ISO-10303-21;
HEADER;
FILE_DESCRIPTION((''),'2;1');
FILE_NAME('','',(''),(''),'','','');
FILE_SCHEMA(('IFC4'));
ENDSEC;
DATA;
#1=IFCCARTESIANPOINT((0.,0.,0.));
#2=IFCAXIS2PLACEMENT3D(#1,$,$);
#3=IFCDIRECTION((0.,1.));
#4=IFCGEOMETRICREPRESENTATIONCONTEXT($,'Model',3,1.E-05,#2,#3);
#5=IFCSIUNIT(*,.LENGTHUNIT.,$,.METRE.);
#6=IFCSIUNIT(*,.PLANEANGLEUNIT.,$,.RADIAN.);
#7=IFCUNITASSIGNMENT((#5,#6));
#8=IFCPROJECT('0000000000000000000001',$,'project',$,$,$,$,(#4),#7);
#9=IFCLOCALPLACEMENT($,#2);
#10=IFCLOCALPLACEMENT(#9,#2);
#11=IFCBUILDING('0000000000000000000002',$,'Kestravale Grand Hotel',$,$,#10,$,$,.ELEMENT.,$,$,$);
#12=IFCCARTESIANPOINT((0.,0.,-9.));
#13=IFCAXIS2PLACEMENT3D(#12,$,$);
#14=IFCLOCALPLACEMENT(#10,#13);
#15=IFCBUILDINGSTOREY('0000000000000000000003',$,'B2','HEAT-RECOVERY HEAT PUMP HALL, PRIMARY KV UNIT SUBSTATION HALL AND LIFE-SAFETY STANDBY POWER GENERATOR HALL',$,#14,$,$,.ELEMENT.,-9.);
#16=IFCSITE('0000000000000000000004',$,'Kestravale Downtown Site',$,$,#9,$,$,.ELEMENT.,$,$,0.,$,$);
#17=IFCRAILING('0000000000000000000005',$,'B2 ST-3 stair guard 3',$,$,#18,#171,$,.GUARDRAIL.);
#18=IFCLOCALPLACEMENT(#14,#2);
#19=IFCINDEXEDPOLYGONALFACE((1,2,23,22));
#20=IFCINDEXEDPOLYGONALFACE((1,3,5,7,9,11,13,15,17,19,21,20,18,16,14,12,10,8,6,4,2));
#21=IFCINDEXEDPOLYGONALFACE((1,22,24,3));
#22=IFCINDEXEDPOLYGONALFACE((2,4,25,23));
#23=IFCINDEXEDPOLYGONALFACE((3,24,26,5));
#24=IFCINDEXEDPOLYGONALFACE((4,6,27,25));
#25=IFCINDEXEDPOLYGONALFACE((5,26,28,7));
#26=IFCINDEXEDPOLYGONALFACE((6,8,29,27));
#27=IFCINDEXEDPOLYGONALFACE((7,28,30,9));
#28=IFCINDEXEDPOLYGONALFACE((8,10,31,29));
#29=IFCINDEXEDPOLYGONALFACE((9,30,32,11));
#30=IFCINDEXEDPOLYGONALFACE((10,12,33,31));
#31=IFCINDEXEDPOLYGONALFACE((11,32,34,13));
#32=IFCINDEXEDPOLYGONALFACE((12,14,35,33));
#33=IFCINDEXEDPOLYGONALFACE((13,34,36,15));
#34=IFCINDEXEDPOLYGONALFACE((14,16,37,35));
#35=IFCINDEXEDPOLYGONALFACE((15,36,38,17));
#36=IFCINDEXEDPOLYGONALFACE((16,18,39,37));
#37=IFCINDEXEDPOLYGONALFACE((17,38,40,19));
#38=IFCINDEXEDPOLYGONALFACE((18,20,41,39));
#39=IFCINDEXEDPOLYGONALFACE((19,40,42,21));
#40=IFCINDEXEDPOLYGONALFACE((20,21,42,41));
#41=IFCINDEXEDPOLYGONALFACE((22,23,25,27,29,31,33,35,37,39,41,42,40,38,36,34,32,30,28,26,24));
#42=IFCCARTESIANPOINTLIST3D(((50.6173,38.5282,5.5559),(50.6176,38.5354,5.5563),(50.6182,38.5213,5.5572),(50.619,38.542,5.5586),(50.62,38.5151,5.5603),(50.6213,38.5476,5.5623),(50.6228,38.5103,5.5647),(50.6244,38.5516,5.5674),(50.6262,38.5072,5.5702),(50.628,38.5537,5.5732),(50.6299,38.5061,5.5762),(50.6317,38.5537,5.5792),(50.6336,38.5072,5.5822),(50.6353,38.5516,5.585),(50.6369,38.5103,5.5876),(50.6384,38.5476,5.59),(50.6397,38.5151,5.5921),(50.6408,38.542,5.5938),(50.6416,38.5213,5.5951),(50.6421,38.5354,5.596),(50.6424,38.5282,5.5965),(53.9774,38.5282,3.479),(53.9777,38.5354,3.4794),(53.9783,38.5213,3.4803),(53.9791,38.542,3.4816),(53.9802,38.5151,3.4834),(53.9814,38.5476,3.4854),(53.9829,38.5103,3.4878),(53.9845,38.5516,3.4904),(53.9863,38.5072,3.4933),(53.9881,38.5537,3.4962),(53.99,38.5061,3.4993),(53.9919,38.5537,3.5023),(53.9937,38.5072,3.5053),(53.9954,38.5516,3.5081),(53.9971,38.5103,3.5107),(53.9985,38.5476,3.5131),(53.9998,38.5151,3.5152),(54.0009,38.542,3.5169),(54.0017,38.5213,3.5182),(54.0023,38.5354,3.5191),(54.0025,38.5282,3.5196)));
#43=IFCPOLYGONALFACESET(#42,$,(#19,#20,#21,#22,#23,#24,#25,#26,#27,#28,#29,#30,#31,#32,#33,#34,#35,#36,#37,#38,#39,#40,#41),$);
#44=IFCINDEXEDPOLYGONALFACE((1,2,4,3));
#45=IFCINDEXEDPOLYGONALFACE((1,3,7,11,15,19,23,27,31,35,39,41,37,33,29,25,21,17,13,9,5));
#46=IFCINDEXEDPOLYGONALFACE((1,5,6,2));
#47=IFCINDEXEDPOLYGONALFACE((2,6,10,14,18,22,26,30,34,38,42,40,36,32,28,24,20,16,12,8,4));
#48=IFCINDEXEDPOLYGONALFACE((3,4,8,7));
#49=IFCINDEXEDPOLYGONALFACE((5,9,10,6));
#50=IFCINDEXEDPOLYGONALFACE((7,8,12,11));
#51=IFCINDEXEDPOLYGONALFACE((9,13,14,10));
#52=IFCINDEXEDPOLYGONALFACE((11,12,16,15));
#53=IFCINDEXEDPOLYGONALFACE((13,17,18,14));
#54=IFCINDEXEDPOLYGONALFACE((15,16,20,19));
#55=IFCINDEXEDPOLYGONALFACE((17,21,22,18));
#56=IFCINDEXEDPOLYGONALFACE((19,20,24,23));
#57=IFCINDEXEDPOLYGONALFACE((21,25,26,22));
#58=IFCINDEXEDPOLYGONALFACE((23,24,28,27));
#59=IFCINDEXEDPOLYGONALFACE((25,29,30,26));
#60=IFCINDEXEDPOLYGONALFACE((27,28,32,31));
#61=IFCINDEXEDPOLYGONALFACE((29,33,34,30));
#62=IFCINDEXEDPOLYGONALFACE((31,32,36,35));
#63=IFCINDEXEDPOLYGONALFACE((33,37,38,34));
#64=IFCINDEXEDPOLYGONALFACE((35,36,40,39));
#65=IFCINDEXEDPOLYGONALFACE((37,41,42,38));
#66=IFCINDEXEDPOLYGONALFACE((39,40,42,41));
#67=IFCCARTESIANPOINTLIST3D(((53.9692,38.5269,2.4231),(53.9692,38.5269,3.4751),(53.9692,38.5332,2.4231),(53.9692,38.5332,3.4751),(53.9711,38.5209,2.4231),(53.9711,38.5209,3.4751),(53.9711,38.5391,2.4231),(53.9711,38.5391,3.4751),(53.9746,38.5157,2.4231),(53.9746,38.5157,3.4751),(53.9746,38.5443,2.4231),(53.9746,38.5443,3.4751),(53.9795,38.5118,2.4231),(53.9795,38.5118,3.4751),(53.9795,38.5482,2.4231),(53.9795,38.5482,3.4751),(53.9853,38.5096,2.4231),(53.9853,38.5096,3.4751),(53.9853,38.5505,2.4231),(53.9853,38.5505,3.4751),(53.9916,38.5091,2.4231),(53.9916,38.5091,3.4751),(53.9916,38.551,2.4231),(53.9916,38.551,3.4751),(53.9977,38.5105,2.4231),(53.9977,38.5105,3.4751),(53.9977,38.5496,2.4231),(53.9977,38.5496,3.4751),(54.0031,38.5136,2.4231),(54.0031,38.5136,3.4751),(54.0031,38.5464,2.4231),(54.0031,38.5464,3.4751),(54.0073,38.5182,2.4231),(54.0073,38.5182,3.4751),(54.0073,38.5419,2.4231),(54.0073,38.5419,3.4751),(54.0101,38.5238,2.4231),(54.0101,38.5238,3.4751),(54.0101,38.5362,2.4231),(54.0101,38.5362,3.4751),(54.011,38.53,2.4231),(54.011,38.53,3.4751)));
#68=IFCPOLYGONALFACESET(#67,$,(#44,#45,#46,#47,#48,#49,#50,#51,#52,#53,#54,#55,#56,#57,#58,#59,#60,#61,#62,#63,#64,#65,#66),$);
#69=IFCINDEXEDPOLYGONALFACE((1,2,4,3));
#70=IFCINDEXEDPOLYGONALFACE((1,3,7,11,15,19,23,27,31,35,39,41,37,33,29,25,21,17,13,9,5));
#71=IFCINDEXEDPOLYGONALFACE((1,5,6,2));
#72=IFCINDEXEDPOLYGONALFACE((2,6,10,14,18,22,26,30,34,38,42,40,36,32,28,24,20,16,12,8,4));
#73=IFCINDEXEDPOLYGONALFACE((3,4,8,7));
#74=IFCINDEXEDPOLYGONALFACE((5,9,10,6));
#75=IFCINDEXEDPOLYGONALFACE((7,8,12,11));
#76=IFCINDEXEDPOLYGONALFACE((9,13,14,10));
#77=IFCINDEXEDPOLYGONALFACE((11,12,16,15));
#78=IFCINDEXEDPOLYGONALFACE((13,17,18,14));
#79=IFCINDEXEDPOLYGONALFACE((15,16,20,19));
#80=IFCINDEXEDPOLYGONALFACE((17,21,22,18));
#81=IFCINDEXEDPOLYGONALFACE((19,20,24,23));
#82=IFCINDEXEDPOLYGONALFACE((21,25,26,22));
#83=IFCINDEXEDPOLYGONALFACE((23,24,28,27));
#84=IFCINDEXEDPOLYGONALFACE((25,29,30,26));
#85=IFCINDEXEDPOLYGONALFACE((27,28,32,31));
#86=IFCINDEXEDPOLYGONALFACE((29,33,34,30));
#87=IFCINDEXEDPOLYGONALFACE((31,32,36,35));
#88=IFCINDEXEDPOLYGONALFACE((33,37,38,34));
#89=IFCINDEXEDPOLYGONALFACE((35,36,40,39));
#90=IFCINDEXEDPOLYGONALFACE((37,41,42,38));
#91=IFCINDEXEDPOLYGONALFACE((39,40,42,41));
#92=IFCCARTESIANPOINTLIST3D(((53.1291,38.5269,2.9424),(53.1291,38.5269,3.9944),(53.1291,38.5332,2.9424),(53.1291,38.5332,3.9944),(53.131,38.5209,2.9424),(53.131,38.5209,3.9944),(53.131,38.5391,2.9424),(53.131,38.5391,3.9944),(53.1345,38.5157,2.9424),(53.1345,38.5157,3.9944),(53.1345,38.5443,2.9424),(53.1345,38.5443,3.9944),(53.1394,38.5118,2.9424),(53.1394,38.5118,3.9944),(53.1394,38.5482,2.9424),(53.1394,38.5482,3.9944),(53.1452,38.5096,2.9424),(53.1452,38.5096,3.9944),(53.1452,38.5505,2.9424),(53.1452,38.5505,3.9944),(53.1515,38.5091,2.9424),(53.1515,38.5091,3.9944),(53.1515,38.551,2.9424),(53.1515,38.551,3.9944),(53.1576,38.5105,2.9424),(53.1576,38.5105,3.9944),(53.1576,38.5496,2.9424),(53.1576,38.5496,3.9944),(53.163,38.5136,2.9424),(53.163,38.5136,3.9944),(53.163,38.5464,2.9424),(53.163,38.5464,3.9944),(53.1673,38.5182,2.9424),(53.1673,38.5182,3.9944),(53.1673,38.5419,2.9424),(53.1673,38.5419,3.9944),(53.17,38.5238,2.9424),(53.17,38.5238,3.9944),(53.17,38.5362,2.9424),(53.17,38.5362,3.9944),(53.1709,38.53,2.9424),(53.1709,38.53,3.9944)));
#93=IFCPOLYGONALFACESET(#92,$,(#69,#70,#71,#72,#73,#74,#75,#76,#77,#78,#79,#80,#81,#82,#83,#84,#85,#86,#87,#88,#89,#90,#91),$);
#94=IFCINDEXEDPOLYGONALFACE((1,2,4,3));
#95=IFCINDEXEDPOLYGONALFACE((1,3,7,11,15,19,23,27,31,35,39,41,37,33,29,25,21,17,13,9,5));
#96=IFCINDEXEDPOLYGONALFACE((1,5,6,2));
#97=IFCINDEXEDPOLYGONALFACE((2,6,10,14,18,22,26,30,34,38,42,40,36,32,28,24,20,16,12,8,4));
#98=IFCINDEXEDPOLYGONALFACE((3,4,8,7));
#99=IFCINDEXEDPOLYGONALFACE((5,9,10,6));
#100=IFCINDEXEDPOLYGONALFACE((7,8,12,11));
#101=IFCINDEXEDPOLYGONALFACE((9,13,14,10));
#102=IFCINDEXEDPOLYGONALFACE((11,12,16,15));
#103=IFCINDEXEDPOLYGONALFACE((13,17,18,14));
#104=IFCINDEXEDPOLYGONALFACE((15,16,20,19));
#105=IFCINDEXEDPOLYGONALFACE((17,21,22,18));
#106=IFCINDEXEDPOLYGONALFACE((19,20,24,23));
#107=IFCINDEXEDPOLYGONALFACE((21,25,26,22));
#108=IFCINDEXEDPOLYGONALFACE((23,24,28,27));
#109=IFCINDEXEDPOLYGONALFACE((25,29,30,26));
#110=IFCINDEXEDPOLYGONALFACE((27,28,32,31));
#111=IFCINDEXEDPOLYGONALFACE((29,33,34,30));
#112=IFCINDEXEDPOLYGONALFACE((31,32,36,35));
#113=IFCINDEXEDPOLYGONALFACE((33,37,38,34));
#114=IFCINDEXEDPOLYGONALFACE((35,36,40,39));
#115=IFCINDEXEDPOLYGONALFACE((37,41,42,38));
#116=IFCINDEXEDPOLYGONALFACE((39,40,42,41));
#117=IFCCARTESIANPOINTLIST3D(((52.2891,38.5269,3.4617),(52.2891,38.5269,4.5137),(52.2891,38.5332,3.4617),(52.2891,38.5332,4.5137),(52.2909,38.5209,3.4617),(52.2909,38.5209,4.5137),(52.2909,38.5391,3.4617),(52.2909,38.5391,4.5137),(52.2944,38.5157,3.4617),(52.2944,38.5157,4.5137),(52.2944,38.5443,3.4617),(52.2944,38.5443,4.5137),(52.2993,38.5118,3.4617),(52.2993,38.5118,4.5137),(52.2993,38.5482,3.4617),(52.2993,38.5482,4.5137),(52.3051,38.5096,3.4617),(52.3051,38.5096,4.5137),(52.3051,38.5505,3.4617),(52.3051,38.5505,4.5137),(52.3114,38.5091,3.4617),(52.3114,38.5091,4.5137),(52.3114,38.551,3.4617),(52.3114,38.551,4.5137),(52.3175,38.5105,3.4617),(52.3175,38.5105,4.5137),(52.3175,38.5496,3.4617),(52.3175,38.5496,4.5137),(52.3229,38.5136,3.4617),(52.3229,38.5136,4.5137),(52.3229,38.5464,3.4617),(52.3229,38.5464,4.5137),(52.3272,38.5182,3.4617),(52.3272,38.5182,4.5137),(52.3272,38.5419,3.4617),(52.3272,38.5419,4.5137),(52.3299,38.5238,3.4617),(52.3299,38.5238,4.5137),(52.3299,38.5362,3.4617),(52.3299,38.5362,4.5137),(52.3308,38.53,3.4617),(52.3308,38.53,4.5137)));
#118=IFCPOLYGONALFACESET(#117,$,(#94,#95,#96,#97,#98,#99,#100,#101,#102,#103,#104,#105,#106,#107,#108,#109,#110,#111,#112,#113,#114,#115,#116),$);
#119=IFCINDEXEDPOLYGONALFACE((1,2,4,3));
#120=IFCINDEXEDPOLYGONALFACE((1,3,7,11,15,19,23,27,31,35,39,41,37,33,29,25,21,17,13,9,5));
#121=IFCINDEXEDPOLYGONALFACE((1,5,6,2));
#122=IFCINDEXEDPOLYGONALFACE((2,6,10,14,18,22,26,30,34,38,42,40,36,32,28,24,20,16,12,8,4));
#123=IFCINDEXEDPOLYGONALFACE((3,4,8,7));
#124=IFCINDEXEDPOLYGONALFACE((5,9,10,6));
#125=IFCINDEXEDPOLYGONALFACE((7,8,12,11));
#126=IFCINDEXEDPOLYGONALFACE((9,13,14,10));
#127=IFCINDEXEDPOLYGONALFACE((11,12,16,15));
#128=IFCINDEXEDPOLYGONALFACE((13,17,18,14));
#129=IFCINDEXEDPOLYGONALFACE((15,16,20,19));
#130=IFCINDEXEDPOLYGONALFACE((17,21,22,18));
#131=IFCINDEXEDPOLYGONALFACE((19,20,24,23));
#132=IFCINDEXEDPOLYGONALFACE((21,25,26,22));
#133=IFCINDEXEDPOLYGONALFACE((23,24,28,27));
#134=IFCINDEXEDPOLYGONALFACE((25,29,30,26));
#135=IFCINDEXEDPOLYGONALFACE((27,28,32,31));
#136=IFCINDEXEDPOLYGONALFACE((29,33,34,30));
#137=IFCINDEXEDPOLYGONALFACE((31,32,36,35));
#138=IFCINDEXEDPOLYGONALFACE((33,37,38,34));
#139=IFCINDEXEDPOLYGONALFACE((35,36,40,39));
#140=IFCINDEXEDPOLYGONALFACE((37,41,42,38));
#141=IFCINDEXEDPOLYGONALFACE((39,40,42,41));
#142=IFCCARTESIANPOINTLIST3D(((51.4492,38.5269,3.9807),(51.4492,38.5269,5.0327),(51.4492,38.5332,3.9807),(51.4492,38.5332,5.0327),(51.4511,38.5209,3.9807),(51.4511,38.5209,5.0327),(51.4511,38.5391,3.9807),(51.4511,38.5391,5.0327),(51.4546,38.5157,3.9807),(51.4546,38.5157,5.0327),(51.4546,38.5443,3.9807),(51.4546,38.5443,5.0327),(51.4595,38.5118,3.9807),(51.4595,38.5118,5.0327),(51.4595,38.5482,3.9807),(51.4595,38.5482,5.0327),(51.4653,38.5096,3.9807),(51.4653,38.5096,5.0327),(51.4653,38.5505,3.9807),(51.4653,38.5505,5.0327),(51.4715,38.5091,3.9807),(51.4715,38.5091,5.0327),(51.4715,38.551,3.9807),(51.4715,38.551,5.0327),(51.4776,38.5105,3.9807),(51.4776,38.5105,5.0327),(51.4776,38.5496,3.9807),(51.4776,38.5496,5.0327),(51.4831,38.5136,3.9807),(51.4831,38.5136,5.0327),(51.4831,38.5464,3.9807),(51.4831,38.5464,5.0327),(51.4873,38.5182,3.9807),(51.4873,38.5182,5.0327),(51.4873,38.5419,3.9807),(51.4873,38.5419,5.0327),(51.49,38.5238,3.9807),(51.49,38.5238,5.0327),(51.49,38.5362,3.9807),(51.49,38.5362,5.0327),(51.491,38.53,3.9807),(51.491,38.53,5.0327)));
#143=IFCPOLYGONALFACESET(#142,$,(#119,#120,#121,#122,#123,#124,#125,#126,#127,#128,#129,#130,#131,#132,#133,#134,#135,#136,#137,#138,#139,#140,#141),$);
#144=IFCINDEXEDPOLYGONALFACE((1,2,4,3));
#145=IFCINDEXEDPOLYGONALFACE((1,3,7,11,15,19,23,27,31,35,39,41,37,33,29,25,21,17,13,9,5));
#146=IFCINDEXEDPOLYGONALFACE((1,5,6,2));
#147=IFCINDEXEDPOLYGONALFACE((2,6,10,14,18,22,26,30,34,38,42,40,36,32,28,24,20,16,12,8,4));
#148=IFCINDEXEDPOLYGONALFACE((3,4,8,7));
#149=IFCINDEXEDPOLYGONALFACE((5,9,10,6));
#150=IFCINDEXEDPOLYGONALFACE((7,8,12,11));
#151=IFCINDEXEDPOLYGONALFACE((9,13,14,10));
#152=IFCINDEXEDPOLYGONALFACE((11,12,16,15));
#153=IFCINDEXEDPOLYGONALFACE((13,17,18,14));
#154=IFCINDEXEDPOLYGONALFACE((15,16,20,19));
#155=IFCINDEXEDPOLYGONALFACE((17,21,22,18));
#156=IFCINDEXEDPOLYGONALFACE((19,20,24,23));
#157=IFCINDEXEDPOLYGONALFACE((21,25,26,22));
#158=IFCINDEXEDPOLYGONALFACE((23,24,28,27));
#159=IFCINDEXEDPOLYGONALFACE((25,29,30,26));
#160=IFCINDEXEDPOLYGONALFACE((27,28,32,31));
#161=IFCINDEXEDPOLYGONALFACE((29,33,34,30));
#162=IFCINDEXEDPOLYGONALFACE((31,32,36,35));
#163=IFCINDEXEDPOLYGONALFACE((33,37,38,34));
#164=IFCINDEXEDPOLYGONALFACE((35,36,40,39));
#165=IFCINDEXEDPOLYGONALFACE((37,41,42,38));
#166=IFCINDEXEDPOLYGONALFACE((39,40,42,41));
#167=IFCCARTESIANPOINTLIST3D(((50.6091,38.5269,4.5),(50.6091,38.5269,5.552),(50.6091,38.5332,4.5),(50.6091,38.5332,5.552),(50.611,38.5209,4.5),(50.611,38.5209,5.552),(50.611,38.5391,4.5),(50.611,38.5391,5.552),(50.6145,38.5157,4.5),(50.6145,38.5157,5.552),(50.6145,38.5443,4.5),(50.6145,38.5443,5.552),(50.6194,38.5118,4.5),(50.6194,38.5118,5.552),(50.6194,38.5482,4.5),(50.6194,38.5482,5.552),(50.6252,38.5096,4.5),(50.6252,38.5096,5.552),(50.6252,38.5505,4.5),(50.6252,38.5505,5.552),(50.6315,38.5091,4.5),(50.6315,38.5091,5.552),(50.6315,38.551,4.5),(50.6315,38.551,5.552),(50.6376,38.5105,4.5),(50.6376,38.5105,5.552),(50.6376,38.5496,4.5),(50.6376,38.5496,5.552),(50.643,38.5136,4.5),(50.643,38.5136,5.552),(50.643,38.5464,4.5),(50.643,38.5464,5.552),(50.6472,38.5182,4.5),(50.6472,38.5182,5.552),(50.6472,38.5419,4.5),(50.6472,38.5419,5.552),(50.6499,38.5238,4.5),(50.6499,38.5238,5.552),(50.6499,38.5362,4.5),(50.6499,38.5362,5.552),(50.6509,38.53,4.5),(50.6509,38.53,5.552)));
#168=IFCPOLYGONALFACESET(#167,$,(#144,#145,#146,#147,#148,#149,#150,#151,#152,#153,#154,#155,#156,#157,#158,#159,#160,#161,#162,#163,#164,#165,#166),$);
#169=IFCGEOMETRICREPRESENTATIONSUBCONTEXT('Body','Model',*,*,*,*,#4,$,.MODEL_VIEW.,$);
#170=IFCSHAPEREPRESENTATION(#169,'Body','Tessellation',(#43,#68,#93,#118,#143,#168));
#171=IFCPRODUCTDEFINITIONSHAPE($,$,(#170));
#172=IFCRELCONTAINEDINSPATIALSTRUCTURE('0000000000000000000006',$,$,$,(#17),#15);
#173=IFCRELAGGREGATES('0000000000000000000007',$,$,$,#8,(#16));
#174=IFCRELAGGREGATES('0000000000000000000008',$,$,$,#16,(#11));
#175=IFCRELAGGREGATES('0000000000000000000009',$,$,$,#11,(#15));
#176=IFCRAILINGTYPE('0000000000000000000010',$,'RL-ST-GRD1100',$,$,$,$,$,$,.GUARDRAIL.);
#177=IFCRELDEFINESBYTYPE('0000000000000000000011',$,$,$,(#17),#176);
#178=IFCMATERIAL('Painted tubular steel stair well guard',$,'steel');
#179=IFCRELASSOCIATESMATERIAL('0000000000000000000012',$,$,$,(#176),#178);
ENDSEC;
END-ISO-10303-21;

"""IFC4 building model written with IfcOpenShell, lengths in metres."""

from ifc_helpers import new_model, si_unit, direction, frame, origin, origin_2d, place, context, subcontext, project, spatial, circle, extrude, material, type_object, element, save


model = new_model("IFC4")

# Units and contexts
model_context = context("Model", 3, precision=1e-05, world=origin(), true_north=direction((0.0, 1.0)))
body_context = subcontext(model_context, "Body", "Model", "MODEL_VIEW")
ifc_project = project(units=[si_unit("LENGTHUNIT", "METRE"), si_unit("PLANEANGLEUNIT", "RADIAN")], contexts=[model_context])

# Site, building, storey
site_placement = place(None, origin())
site = spatial("IfcSite", under=ifc_project, at=site_placement, Name="Kestravale Downtown Site", CompositionType="ELEMENT", RefElevation=0.0)
building_placement = place(site_placement, origin())
building = spatial("IfcBuilding", under=site, at=building_placement, Name="Kestravale Grand Hotel", CompositionType="ELEMENT")
storey_placement = place(building_placement, frame((0.0, 0.0, -9.0)))
storey = spatial("IfcBuildingStorey", under=building, at=storey_placement, Name="B2", Description="HEAT-RECOVERY HEAT PUMP HALL, PRIMARY KV UNIT SUBSTATION HALL AND LIFE-SAFETY STANDBY POWER GENERATOR HALL", CompositionType="ELEMENT", Elevation=-9.0)

# Railing
ifc_material_1 = material(Name="Painted tubular steel stair well guard", Category="steel")
railing_type_1 = type_object("IfcRailingType", Name="RL-ST-GRD1100", PredefinedType="GUARDRAIL", material=ifc_material_1)
railing_1_placement = place(storey_placement, frame((53.99, 38.53, 2.4231)))
element("IfcRailing", 1, at=railing_1_placement, inside=storey, type_object=railing_type_1, Name="B2 ST-3 stair guard 3", PredefinedType="GUARDRAIL", context=body_context, shape_type="SweptSolid", body=[
    extrude(circle(Radius=0.0239, at=origin_2d()), frame((0.0, 0.0, 1.0762), z_axis=(-0.850623, 0.0, 0.525776), x_axis=(0.0, -1.0, 0.0)), (0.0, 0.0, 1.0), 3.9502),
    extrude(circle(Radius=0.021, at=origin_2d()), origin(), (0.0, 0.0, 1.0), 1.052),
    extrude(circle(Radius=0.021, at=origin_2d()), frame((-0.8401, 0.0, 0.5193)), (0.0, 0.0, 1.0), 1.052),
    extrude(circle(Radius=0.021, at=origin_2d()), frame((-1.6802, 0.0, 1.0386)), (0.0, 0.0, 1.0), 1.052),
    extrude(circle(Radius=0.021, at=origin_2d()), frame((-2.52, 0.0, 1.5576)), (0.0, 0.0, 1.0), 1.052),
    extrude(circle(Radius=0.021, at=origin_2d()), frame((-3.3601, 0.0, 2.0769)), (0.0, 0.0, 1.0), 1.052),
])

save(model, "model.ifc")
